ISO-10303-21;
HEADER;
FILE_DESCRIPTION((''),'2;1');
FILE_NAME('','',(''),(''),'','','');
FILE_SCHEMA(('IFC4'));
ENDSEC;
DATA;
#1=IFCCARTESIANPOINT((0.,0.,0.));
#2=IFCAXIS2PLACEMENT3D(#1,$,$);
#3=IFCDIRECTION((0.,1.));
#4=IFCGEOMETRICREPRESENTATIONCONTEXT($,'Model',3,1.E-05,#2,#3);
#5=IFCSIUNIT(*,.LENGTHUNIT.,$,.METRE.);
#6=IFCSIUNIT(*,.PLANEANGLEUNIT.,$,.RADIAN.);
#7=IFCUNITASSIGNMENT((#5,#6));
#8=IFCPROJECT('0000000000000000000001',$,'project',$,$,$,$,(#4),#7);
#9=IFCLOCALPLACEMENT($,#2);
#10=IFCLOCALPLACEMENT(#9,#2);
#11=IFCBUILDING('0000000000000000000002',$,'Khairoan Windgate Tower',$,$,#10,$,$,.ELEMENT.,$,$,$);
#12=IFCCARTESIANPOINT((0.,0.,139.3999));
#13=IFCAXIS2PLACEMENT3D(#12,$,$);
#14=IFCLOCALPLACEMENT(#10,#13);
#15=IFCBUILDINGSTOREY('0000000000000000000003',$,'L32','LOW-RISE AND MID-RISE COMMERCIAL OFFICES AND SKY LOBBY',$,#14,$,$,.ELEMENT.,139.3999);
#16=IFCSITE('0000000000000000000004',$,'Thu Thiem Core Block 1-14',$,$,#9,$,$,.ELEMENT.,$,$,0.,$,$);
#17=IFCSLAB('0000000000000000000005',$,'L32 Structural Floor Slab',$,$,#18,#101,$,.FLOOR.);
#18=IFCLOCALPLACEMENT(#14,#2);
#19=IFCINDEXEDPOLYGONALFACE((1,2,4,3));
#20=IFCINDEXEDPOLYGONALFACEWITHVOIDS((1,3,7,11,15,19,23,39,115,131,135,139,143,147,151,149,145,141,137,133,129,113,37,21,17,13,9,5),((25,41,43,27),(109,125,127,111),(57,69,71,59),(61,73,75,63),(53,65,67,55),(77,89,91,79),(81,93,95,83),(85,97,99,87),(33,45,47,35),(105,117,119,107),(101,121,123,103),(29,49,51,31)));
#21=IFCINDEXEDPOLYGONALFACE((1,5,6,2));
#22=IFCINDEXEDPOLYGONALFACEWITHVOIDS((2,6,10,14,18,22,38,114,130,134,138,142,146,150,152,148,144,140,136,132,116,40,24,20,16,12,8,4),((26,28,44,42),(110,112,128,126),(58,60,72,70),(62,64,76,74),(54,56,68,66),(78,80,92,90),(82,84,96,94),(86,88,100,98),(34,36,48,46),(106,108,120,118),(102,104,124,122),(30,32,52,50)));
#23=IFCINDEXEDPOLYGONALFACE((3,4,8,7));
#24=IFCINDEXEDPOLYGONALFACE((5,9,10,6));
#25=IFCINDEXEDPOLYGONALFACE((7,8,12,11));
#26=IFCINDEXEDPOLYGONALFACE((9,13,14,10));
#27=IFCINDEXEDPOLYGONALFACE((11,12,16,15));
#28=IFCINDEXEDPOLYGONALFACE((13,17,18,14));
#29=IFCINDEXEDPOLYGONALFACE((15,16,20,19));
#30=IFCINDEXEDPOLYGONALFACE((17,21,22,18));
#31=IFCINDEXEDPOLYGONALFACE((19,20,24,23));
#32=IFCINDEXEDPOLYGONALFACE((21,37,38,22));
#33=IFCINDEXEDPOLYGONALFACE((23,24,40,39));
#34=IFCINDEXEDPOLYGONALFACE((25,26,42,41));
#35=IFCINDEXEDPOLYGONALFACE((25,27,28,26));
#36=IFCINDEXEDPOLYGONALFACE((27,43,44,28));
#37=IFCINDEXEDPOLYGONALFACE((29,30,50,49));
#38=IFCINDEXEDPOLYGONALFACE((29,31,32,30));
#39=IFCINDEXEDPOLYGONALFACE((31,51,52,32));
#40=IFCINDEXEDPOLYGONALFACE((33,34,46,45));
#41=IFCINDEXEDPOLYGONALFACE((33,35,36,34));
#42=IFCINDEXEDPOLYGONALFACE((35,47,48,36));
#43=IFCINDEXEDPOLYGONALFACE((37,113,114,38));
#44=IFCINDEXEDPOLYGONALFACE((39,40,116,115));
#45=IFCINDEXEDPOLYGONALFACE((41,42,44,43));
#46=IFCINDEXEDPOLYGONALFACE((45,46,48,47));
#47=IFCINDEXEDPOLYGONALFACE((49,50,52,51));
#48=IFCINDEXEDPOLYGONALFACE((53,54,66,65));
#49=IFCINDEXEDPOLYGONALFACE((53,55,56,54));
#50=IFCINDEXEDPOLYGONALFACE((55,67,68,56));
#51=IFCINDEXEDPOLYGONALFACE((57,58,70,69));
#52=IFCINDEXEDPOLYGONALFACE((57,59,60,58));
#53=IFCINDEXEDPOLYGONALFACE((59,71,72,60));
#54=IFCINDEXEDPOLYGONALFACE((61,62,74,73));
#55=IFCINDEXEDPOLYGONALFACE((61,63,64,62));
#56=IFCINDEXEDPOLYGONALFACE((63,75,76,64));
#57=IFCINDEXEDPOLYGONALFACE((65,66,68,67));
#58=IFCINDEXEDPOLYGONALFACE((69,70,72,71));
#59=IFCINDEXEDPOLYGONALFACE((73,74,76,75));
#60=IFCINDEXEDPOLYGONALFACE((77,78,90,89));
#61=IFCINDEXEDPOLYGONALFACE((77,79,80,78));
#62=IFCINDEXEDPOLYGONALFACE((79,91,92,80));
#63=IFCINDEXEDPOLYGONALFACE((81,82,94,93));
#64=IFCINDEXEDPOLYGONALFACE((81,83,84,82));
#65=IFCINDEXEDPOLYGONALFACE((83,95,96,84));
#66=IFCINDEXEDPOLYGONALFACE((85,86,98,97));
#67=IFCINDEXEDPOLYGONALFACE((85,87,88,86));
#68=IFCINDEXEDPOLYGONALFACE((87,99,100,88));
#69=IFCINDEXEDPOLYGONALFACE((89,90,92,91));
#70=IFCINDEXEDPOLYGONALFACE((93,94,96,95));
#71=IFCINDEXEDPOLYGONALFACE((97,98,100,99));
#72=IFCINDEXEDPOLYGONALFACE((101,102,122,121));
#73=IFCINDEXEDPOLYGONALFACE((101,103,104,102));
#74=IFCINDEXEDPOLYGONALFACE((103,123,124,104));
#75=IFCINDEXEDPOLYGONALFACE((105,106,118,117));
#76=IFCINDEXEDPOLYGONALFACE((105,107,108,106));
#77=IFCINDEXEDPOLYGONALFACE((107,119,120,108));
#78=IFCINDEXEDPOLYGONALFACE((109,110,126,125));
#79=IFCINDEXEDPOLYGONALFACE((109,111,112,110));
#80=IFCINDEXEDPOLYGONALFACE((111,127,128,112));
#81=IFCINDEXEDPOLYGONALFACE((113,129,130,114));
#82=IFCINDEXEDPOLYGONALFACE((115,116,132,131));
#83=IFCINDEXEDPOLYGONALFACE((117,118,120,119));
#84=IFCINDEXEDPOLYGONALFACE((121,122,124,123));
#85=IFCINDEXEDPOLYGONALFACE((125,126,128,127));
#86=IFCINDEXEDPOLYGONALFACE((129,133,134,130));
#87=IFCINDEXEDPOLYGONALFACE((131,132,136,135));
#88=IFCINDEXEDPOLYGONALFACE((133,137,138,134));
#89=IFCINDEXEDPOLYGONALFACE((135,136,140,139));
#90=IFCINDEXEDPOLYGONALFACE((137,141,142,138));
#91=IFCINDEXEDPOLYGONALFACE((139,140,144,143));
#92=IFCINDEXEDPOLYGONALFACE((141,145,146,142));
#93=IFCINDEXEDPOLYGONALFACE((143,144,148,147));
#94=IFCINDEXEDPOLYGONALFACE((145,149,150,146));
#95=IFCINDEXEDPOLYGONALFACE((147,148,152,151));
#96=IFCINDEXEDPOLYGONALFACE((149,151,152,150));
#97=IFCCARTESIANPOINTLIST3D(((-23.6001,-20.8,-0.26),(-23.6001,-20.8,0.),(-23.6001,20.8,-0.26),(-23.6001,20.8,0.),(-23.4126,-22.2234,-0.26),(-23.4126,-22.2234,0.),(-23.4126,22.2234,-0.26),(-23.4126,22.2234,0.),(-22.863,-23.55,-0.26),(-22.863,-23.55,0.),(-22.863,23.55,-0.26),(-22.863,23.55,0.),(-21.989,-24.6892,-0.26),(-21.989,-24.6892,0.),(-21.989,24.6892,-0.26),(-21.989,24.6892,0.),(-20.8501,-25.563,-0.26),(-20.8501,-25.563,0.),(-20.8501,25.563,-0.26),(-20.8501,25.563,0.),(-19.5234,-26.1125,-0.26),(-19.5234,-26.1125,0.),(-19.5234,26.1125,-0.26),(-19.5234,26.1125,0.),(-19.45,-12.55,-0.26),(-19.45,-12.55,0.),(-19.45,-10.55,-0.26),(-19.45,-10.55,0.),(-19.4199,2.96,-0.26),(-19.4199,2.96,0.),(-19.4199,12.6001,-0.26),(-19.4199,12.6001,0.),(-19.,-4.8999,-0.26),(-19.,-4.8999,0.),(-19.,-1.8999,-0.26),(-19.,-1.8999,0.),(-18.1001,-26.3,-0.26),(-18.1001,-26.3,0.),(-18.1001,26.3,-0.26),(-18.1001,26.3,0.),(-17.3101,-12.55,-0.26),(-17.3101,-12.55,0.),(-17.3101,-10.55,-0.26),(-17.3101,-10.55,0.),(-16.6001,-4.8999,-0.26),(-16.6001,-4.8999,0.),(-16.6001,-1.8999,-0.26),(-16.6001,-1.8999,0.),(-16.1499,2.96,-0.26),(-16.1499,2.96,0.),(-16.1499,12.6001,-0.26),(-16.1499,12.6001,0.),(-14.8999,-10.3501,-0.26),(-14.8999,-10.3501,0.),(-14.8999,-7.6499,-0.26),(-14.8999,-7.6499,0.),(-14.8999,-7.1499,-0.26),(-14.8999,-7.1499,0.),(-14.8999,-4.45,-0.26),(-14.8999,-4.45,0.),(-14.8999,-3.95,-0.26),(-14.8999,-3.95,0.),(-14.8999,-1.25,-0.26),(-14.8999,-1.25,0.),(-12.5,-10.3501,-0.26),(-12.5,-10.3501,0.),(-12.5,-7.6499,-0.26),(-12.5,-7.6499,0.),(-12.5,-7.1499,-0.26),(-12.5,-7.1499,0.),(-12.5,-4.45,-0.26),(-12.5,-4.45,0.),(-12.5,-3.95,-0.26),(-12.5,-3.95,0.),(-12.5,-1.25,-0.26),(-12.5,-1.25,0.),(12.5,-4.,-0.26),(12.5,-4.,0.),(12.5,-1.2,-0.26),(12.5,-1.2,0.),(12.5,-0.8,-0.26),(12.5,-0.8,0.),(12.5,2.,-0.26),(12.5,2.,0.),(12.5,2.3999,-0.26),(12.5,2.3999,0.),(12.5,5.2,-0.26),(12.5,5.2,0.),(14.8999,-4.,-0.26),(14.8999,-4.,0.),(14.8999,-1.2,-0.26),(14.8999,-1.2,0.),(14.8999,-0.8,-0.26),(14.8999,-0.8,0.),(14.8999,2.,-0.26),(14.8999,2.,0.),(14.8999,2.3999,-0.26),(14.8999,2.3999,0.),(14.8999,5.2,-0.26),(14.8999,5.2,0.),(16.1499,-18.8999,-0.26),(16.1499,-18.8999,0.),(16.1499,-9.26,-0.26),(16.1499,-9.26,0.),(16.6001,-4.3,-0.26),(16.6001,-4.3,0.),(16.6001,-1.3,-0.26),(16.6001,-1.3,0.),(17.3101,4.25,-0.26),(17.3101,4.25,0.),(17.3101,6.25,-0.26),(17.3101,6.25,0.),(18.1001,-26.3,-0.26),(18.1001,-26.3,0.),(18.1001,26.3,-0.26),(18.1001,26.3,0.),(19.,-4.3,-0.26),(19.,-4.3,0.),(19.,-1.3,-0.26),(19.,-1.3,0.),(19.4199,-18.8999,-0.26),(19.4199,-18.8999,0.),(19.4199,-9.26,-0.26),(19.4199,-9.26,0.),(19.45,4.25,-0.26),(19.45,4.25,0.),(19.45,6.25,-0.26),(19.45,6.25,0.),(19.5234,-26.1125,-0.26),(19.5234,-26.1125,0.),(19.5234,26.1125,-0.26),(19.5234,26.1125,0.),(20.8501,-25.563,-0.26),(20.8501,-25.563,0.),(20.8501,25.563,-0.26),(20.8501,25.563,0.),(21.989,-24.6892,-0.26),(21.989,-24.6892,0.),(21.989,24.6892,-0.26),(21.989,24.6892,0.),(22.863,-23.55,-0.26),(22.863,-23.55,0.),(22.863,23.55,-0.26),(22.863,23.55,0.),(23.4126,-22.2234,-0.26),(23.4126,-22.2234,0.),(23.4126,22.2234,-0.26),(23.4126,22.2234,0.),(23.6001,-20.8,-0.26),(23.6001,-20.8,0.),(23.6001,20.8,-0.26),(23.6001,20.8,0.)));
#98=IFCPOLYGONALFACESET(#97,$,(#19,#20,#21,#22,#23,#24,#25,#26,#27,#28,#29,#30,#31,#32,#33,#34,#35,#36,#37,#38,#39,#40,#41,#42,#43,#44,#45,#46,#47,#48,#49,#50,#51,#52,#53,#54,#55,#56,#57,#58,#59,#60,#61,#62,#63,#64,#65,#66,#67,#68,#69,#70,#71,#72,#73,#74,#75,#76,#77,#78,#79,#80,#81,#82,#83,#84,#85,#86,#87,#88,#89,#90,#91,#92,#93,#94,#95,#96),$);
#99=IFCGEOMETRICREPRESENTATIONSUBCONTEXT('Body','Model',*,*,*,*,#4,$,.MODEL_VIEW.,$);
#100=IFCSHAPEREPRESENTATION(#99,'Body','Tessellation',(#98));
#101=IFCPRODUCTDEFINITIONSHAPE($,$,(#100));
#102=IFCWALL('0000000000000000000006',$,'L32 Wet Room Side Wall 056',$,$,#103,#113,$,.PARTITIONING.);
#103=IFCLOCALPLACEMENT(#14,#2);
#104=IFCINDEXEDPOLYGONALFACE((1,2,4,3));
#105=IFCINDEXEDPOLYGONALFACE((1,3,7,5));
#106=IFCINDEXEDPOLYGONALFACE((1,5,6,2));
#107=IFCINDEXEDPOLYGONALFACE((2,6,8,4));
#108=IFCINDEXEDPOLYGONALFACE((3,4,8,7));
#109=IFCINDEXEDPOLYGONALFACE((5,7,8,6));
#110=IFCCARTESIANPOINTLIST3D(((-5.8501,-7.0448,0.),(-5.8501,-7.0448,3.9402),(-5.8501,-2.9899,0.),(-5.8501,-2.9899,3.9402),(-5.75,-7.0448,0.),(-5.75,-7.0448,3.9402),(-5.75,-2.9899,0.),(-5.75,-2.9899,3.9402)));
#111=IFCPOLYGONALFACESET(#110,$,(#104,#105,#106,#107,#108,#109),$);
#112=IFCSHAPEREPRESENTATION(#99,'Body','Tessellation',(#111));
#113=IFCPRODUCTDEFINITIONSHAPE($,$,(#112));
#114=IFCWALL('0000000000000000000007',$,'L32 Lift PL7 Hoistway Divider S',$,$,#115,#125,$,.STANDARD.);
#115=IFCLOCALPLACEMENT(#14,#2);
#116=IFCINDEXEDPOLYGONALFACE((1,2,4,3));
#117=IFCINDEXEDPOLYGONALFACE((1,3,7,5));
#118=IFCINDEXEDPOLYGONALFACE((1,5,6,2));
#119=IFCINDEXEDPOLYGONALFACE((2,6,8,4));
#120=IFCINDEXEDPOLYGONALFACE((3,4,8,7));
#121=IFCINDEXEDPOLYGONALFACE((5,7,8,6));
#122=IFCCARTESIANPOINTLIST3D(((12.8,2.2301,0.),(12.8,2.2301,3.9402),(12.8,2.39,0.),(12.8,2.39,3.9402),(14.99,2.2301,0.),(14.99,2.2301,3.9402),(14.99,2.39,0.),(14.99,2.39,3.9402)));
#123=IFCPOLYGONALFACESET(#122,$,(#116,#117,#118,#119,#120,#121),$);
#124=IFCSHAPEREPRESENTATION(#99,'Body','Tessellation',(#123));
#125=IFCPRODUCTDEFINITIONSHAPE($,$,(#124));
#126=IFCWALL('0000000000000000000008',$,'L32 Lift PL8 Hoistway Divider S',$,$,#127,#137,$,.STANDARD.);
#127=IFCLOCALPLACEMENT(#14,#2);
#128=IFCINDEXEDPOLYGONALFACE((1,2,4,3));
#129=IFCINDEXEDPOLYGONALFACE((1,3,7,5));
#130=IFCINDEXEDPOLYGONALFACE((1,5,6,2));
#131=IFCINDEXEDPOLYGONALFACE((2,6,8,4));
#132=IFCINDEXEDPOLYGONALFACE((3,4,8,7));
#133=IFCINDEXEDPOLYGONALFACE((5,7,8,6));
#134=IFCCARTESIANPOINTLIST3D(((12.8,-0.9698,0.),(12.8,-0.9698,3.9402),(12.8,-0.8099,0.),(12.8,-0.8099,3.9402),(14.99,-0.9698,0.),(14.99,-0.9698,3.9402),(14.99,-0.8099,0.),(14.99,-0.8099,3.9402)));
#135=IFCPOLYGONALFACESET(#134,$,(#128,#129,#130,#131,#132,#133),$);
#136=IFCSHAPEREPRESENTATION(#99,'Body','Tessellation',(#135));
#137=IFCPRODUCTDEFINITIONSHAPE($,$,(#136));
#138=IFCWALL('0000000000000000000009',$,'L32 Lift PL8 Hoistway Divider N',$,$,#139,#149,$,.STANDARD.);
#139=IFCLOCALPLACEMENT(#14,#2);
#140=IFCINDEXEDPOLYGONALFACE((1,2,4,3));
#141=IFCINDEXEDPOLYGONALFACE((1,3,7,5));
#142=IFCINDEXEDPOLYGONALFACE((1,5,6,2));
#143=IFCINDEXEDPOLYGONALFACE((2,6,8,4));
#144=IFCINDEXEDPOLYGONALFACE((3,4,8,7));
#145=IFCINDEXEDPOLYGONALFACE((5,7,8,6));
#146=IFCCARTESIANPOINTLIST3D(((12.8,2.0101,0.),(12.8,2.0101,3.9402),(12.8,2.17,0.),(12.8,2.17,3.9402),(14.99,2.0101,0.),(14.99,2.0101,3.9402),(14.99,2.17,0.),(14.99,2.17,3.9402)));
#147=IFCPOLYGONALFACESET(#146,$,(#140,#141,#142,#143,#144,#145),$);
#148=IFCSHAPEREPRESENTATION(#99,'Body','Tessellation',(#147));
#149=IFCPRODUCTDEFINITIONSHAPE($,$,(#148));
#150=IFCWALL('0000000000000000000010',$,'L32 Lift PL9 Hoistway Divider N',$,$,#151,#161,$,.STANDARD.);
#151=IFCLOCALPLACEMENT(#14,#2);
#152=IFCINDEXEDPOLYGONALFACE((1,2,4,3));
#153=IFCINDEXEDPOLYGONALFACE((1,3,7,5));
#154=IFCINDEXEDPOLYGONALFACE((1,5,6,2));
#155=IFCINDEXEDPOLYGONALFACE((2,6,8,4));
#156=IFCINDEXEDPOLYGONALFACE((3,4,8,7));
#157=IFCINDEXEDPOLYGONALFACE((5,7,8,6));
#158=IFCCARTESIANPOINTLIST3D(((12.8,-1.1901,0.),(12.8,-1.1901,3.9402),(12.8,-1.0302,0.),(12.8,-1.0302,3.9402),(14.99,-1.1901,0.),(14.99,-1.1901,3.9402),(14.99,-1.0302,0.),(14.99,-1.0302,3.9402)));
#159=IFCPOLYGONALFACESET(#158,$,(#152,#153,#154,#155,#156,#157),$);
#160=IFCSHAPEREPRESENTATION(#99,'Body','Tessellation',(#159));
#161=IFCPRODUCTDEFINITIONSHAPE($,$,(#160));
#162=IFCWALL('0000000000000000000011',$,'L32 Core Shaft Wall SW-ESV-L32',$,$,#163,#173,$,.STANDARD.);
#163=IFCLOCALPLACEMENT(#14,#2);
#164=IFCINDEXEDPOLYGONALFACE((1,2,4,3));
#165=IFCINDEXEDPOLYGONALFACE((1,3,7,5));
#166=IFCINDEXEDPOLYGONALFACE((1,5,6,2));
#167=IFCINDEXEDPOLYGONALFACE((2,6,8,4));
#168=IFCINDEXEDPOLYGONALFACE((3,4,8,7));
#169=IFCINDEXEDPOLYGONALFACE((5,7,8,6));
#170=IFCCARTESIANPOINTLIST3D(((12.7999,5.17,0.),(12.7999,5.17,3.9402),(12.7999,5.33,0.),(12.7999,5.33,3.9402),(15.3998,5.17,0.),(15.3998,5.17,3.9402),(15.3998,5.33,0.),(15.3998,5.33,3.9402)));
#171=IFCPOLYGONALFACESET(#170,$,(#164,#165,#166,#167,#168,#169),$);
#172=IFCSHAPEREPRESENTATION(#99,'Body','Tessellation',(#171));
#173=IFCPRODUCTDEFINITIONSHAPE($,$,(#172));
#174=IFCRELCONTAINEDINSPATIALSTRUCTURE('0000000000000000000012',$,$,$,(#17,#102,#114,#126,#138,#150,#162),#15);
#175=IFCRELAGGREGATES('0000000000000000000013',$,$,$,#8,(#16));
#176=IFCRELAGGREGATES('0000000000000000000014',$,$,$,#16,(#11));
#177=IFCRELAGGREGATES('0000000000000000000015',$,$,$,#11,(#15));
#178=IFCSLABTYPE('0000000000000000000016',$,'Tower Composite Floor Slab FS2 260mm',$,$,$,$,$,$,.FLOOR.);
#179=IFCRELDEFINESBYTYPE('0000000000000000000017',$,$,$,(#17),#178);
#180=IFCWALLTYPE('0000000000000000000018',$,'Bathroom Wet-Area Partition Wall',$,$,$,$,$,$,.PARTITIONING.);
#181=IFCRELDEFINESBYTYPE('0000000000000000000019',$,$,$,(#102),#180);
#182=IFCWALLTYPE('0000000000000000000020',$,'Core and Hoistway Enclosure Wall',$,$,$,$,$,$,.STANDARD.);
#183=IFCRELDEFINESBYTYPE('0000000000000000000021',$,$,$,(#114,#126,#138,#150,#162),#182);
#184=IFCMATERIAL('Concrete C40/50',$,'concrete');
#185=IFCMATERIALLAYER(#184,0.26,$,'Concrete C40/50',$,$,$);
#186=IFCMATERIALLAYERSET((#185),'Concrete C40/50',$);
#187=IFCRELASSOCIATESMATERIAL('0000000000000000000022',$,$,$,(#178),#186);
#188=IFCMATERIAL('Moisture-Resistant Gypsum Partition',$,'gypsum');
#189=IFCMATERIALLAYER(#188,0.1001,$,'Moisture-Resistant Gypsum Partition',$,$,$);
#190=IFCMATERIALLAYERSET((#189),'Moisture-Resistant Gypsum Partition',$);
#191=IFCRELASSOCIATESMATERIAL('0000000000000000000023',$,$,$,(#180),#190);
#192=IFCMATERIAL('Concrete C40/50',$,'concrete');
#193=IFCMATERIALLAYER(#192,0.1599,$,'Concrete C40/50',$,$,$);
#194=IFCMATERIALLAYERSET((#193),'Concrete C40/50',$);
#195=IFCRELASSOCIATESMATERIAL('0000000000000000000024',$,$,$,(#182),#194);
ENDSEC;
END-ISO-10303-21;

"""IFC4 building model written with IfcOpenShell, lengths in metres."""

from ifc_helpers import new_model, si_unit, direction, frame, frame_2d, origin, place, context, subcontext, project, spatial, polyline, rectangle, outline, extrude, material, layer, layer_set, type_object, element, save


model = new_model("IFC4")

# Units and contexts
model_context = context("Model", 3, precision=1e-05, world=origin(), true_north=direction((0.0, 1.0)))
body_context = subcontext(model_context, "Body", "Model", "MODEL_VIEW")
ifc_project = project(units=[si_unit("LENGTHUNIT", "METRE"), si_unit("PLANEANGLEUNIT", "RADIAN")], contexts=[model_context])

# Site, building, storey
site_placement = place(None, origin())
site = spatial("IfcSite", under=ifc_project, at=site_placement, Name="Thu Thiem Core Block 1-14", CompositionType="ELEMENT", RefElevation=0.0)
building_placement = place(site_placement, origin())
building = spatial("IfcBuilding", under=site, at=building_placement, Name="Khairoan Windgate Tower", CompositionType="ELEMENT")
storey_placement = place(building_placement, frame((0.0, 0.0, 139.3999)))
storey = spatial("IfcBuildingStorey", under=building, at=storey_placement, Name="L32", Description="LOW-RISE AND MID-RISE COMMERCIAL OFFICES AND SKY LOBBY", CompositionType="ELEMENT", Elevation=139.3999)

# Slab
ifc_material_1 = material(Name="Concrete C40/50", Category="concrete")
ifc_layer_1 = layer(ifc_material_1, 0.26, Name="Concrete C40/50")
ifc_layer_set_1 = layer_set([ifc_layer_1], Name="Concrete C40/50")
slab_type_1 = type_object("IfcSlabType", Name="Tower Composite Floor Slab FS2 260mm", PredefinedType="FLOOR", material=ifc_layer_set_1)
slab_1_placement = place(storey_placement, frame((0.0, 0.0, -0.26)))
element("IfcSlab", 1, at=slab_1_placement, inside=storey, type_object=slab_type_1, Name="L32 Structural Floor Slab", PredefinedType="FLOOR", context=body_context, shape_type="SweptSolid", body=[
    extrude(outline(polyline([(18.1001, -26.3), (19.5234, -26.1125), (20.8501, -25.563), (21.989, -24.6892), (22.863, -23.55), (23.4126, -22.2234), (23.6001, -20.8), (23.6001, 20.8), (23.4126, 22.2234), (22.863, 23.55), (21.989, 24.6892), (20.8501, 25.563), (19.5234, 26.1125), (18.1001, 26.3), (-18.1001, 26.3), (-19.5234, 26.1125), (-20.8501, 25.563), (-21.989, 24.6892), (-22.863, 23.55), (-23.4126, 22.2234), (-23.6001, 20.8), (-23.6001, -20.8), (-23.4126, -22.2234), (-22.863, -23.55), (-21.989, -24.6892), (-20.8501, -25.563), (-19.5234, -26.1125), (-18.1001, -26.3), (18.1001, -26.3)]), holes=[polyline([(16.1499, -9.26), (16.1499, -18.8999), (19.4199, -18.8999), (19.4199, -9.26), (16.1499, -9.26)]), polyline([(-16.1499, 2.96), (-16.1499, 12.6001), (-19.4199, 12.6001), (-19.4199, 2.96), (-16.1499, 2.96)]), polyline([(-14.8999, -3.95), (-12.5, -3.95), (-12.5, -1.25), (-14.8999, -1.25), (-14.8999, -3.95)]), polyline([(-14.8999, -7.1499), (-12.5, -7.1499), (-12.5, -4.45), (-14.8999, -4.45), (-14.8999, -7.1499)]), polyline([(-14.8999, -10.3501), (-12.5, -10.3501), (-12.5, -7.6499), (-14.8999, -7.6499), (-14.8999, -10.3501)]), polyline([(12.5, 2.3999), (14.8999, 2.3999), (14.8999, 5.2), (12.5, 5.2), (12.5, 2.3999)]), polyline([(12.5, -0.8), (14.8999, -0.8), (14.8999, 2.0), (12.5, 2.0), (12.5, -0.8)]), polyline([(12.5, -4.0), (14.8999, -4.0), (14.8999, -1.2), (12.5, -1.2), (12.5, -4.0)]), polyline([(16.6001, -4.3), (19.0, -4.3), (19.0, -1.3), (16.6001, -1.3), (16.6001, -4.3)]), polyline([(-19.0, -4.8999), (-16.6001, -4.8999), (-16.6001, -1.8999), (-19.0, -1.8999), (-19.0, -4.8999)]), polyline([(-19.45, -12.55), (-17.3101, -12.55), (-17.3101, -10.55), (-19.45, -10.55), (-19.45, -12.55)]), polyline([(17.3101, 4.25), (19.45, 4.25), (19.45, 6.25), (17.3101, 6.25), (17.3101, 4.25)])]), origin(), (0.0, 0.0, 1.0), 0.26),
])

# Walls
ifc_material_2 = material(Name="Moisture-Resistant Gypsum Partition", Category="gypsum")
ifc_layer_2 = layer(ifc_material_2, 0.1001, Name="Moisture-Resistant Gypsum Partition")
ifc_layer_set_2 = layer_set([ifc_layer_2], Name="Moisture-Resistant Gypsum Partition")
wall_type_1 = type_object("IfcWallType", Name="Bathroom Wet-Area Partition Wall", PredefinedType="PARTITIONING", material=ifc_layer_set_2)
wall_1_placement = place(storey_placement, frame((-5.8, -2.99, 0.0), z_axis=(0.0, 0.0, 1.0), x_axis=(0.0, -1.0, 0.0)))
element("IfcWall", 2, at=wall_1_placement, inside=storey, type_object=wall_type_1, Name="L32 Wet Room Side Wall 056", PredefinedType="PARTITIONING", context=body_context, shape_type="SweptSolid", body=[
    extrude(rectangle(XDim=4.0549, YDim=0.1001, at=frame_2d((2.0273, 0.0))), origin(), (0.0, 0.0, 1.0), 3.9402),
])
ifc_material_3 = material(Name="Concrete C40/50", Category="concrete")
ifc_layer_3 = layer(ifc_material_3, 0.1599, Name="Concrete C40/50")
ifc_layer_set_3 = layer_set([ifc_layer_3], Name="Concrete C40/50")
wall_type_2 = type_object("IfcWallType", Name="Core and Hoistway Enclosure Wall", PredefinedType="STANDARD", material=ifc_layer_set_3)
for number, where, z_axis, x_axis, name in (
    (3, (12.8, 2.3101, 0.0), (0.0, 0.0, 1.0), (1.0, 0.0, 0.0), "L32 Lift PL7 Hoistway Divider S"),
    (4, (12.8, -0.8899, 0.0), (0.0, 0.0, 1.0), (1.0, 0.0, 0.0), "L32 Lift PL8 Hoistway Divider S"),
    (5, (12.8, 2.0901, 0.0), (0.0, 0.0, 1.0), (1.0, 0.0, 0.0), "L32 Lift PL8 Hoistway Divider N"),
    (6, (12.8, -1.1101, 0.0), (0.0, 0.0, 1.0), (1.0, 0.0, 0.0), "L32 Lift PL9 Hoistway Divider N"),
):
    element("IfcWall", number, at=place(storey_placement, frame(where, z_axis=z_axis, x_axis=x_axis)), inside=storey, type_object=wall_type_2, Name=name, PredefinedType="STANDARD", context=body_context, shape_type="SweptSolid", body=[
        extrude(rectangle(XDim=2.1899, YDim=0.1599, at=frame_2d((1.095, 0.0))), origin(), (0.0, 0.0, 1.0), 3.9402),
    ])
wall_2_placement = place(storey_placement, frame((12.8, 5.25, 0.0), z_axis=(0.0, 0.0, 1.0), x_axis=(1.0, 0.0, 0.0)))
element("IfcWall", 7, at=wall_2_placement, inside=storey, type_object=wall_type_2, Name="L32 Core Shaft Wall SW-ESV-L32", PredefinedType="STANDARD", context=body_context, shape_type="SweptSolid", body=[
    extrude(rectangle(XDim=2.5999, YDim=0.1599, at=frame_2d((1.2998, 0.0))), origin(), (0.0, 0.0, 1.0), 3.9402),
])

save(model, "model.ifc")
